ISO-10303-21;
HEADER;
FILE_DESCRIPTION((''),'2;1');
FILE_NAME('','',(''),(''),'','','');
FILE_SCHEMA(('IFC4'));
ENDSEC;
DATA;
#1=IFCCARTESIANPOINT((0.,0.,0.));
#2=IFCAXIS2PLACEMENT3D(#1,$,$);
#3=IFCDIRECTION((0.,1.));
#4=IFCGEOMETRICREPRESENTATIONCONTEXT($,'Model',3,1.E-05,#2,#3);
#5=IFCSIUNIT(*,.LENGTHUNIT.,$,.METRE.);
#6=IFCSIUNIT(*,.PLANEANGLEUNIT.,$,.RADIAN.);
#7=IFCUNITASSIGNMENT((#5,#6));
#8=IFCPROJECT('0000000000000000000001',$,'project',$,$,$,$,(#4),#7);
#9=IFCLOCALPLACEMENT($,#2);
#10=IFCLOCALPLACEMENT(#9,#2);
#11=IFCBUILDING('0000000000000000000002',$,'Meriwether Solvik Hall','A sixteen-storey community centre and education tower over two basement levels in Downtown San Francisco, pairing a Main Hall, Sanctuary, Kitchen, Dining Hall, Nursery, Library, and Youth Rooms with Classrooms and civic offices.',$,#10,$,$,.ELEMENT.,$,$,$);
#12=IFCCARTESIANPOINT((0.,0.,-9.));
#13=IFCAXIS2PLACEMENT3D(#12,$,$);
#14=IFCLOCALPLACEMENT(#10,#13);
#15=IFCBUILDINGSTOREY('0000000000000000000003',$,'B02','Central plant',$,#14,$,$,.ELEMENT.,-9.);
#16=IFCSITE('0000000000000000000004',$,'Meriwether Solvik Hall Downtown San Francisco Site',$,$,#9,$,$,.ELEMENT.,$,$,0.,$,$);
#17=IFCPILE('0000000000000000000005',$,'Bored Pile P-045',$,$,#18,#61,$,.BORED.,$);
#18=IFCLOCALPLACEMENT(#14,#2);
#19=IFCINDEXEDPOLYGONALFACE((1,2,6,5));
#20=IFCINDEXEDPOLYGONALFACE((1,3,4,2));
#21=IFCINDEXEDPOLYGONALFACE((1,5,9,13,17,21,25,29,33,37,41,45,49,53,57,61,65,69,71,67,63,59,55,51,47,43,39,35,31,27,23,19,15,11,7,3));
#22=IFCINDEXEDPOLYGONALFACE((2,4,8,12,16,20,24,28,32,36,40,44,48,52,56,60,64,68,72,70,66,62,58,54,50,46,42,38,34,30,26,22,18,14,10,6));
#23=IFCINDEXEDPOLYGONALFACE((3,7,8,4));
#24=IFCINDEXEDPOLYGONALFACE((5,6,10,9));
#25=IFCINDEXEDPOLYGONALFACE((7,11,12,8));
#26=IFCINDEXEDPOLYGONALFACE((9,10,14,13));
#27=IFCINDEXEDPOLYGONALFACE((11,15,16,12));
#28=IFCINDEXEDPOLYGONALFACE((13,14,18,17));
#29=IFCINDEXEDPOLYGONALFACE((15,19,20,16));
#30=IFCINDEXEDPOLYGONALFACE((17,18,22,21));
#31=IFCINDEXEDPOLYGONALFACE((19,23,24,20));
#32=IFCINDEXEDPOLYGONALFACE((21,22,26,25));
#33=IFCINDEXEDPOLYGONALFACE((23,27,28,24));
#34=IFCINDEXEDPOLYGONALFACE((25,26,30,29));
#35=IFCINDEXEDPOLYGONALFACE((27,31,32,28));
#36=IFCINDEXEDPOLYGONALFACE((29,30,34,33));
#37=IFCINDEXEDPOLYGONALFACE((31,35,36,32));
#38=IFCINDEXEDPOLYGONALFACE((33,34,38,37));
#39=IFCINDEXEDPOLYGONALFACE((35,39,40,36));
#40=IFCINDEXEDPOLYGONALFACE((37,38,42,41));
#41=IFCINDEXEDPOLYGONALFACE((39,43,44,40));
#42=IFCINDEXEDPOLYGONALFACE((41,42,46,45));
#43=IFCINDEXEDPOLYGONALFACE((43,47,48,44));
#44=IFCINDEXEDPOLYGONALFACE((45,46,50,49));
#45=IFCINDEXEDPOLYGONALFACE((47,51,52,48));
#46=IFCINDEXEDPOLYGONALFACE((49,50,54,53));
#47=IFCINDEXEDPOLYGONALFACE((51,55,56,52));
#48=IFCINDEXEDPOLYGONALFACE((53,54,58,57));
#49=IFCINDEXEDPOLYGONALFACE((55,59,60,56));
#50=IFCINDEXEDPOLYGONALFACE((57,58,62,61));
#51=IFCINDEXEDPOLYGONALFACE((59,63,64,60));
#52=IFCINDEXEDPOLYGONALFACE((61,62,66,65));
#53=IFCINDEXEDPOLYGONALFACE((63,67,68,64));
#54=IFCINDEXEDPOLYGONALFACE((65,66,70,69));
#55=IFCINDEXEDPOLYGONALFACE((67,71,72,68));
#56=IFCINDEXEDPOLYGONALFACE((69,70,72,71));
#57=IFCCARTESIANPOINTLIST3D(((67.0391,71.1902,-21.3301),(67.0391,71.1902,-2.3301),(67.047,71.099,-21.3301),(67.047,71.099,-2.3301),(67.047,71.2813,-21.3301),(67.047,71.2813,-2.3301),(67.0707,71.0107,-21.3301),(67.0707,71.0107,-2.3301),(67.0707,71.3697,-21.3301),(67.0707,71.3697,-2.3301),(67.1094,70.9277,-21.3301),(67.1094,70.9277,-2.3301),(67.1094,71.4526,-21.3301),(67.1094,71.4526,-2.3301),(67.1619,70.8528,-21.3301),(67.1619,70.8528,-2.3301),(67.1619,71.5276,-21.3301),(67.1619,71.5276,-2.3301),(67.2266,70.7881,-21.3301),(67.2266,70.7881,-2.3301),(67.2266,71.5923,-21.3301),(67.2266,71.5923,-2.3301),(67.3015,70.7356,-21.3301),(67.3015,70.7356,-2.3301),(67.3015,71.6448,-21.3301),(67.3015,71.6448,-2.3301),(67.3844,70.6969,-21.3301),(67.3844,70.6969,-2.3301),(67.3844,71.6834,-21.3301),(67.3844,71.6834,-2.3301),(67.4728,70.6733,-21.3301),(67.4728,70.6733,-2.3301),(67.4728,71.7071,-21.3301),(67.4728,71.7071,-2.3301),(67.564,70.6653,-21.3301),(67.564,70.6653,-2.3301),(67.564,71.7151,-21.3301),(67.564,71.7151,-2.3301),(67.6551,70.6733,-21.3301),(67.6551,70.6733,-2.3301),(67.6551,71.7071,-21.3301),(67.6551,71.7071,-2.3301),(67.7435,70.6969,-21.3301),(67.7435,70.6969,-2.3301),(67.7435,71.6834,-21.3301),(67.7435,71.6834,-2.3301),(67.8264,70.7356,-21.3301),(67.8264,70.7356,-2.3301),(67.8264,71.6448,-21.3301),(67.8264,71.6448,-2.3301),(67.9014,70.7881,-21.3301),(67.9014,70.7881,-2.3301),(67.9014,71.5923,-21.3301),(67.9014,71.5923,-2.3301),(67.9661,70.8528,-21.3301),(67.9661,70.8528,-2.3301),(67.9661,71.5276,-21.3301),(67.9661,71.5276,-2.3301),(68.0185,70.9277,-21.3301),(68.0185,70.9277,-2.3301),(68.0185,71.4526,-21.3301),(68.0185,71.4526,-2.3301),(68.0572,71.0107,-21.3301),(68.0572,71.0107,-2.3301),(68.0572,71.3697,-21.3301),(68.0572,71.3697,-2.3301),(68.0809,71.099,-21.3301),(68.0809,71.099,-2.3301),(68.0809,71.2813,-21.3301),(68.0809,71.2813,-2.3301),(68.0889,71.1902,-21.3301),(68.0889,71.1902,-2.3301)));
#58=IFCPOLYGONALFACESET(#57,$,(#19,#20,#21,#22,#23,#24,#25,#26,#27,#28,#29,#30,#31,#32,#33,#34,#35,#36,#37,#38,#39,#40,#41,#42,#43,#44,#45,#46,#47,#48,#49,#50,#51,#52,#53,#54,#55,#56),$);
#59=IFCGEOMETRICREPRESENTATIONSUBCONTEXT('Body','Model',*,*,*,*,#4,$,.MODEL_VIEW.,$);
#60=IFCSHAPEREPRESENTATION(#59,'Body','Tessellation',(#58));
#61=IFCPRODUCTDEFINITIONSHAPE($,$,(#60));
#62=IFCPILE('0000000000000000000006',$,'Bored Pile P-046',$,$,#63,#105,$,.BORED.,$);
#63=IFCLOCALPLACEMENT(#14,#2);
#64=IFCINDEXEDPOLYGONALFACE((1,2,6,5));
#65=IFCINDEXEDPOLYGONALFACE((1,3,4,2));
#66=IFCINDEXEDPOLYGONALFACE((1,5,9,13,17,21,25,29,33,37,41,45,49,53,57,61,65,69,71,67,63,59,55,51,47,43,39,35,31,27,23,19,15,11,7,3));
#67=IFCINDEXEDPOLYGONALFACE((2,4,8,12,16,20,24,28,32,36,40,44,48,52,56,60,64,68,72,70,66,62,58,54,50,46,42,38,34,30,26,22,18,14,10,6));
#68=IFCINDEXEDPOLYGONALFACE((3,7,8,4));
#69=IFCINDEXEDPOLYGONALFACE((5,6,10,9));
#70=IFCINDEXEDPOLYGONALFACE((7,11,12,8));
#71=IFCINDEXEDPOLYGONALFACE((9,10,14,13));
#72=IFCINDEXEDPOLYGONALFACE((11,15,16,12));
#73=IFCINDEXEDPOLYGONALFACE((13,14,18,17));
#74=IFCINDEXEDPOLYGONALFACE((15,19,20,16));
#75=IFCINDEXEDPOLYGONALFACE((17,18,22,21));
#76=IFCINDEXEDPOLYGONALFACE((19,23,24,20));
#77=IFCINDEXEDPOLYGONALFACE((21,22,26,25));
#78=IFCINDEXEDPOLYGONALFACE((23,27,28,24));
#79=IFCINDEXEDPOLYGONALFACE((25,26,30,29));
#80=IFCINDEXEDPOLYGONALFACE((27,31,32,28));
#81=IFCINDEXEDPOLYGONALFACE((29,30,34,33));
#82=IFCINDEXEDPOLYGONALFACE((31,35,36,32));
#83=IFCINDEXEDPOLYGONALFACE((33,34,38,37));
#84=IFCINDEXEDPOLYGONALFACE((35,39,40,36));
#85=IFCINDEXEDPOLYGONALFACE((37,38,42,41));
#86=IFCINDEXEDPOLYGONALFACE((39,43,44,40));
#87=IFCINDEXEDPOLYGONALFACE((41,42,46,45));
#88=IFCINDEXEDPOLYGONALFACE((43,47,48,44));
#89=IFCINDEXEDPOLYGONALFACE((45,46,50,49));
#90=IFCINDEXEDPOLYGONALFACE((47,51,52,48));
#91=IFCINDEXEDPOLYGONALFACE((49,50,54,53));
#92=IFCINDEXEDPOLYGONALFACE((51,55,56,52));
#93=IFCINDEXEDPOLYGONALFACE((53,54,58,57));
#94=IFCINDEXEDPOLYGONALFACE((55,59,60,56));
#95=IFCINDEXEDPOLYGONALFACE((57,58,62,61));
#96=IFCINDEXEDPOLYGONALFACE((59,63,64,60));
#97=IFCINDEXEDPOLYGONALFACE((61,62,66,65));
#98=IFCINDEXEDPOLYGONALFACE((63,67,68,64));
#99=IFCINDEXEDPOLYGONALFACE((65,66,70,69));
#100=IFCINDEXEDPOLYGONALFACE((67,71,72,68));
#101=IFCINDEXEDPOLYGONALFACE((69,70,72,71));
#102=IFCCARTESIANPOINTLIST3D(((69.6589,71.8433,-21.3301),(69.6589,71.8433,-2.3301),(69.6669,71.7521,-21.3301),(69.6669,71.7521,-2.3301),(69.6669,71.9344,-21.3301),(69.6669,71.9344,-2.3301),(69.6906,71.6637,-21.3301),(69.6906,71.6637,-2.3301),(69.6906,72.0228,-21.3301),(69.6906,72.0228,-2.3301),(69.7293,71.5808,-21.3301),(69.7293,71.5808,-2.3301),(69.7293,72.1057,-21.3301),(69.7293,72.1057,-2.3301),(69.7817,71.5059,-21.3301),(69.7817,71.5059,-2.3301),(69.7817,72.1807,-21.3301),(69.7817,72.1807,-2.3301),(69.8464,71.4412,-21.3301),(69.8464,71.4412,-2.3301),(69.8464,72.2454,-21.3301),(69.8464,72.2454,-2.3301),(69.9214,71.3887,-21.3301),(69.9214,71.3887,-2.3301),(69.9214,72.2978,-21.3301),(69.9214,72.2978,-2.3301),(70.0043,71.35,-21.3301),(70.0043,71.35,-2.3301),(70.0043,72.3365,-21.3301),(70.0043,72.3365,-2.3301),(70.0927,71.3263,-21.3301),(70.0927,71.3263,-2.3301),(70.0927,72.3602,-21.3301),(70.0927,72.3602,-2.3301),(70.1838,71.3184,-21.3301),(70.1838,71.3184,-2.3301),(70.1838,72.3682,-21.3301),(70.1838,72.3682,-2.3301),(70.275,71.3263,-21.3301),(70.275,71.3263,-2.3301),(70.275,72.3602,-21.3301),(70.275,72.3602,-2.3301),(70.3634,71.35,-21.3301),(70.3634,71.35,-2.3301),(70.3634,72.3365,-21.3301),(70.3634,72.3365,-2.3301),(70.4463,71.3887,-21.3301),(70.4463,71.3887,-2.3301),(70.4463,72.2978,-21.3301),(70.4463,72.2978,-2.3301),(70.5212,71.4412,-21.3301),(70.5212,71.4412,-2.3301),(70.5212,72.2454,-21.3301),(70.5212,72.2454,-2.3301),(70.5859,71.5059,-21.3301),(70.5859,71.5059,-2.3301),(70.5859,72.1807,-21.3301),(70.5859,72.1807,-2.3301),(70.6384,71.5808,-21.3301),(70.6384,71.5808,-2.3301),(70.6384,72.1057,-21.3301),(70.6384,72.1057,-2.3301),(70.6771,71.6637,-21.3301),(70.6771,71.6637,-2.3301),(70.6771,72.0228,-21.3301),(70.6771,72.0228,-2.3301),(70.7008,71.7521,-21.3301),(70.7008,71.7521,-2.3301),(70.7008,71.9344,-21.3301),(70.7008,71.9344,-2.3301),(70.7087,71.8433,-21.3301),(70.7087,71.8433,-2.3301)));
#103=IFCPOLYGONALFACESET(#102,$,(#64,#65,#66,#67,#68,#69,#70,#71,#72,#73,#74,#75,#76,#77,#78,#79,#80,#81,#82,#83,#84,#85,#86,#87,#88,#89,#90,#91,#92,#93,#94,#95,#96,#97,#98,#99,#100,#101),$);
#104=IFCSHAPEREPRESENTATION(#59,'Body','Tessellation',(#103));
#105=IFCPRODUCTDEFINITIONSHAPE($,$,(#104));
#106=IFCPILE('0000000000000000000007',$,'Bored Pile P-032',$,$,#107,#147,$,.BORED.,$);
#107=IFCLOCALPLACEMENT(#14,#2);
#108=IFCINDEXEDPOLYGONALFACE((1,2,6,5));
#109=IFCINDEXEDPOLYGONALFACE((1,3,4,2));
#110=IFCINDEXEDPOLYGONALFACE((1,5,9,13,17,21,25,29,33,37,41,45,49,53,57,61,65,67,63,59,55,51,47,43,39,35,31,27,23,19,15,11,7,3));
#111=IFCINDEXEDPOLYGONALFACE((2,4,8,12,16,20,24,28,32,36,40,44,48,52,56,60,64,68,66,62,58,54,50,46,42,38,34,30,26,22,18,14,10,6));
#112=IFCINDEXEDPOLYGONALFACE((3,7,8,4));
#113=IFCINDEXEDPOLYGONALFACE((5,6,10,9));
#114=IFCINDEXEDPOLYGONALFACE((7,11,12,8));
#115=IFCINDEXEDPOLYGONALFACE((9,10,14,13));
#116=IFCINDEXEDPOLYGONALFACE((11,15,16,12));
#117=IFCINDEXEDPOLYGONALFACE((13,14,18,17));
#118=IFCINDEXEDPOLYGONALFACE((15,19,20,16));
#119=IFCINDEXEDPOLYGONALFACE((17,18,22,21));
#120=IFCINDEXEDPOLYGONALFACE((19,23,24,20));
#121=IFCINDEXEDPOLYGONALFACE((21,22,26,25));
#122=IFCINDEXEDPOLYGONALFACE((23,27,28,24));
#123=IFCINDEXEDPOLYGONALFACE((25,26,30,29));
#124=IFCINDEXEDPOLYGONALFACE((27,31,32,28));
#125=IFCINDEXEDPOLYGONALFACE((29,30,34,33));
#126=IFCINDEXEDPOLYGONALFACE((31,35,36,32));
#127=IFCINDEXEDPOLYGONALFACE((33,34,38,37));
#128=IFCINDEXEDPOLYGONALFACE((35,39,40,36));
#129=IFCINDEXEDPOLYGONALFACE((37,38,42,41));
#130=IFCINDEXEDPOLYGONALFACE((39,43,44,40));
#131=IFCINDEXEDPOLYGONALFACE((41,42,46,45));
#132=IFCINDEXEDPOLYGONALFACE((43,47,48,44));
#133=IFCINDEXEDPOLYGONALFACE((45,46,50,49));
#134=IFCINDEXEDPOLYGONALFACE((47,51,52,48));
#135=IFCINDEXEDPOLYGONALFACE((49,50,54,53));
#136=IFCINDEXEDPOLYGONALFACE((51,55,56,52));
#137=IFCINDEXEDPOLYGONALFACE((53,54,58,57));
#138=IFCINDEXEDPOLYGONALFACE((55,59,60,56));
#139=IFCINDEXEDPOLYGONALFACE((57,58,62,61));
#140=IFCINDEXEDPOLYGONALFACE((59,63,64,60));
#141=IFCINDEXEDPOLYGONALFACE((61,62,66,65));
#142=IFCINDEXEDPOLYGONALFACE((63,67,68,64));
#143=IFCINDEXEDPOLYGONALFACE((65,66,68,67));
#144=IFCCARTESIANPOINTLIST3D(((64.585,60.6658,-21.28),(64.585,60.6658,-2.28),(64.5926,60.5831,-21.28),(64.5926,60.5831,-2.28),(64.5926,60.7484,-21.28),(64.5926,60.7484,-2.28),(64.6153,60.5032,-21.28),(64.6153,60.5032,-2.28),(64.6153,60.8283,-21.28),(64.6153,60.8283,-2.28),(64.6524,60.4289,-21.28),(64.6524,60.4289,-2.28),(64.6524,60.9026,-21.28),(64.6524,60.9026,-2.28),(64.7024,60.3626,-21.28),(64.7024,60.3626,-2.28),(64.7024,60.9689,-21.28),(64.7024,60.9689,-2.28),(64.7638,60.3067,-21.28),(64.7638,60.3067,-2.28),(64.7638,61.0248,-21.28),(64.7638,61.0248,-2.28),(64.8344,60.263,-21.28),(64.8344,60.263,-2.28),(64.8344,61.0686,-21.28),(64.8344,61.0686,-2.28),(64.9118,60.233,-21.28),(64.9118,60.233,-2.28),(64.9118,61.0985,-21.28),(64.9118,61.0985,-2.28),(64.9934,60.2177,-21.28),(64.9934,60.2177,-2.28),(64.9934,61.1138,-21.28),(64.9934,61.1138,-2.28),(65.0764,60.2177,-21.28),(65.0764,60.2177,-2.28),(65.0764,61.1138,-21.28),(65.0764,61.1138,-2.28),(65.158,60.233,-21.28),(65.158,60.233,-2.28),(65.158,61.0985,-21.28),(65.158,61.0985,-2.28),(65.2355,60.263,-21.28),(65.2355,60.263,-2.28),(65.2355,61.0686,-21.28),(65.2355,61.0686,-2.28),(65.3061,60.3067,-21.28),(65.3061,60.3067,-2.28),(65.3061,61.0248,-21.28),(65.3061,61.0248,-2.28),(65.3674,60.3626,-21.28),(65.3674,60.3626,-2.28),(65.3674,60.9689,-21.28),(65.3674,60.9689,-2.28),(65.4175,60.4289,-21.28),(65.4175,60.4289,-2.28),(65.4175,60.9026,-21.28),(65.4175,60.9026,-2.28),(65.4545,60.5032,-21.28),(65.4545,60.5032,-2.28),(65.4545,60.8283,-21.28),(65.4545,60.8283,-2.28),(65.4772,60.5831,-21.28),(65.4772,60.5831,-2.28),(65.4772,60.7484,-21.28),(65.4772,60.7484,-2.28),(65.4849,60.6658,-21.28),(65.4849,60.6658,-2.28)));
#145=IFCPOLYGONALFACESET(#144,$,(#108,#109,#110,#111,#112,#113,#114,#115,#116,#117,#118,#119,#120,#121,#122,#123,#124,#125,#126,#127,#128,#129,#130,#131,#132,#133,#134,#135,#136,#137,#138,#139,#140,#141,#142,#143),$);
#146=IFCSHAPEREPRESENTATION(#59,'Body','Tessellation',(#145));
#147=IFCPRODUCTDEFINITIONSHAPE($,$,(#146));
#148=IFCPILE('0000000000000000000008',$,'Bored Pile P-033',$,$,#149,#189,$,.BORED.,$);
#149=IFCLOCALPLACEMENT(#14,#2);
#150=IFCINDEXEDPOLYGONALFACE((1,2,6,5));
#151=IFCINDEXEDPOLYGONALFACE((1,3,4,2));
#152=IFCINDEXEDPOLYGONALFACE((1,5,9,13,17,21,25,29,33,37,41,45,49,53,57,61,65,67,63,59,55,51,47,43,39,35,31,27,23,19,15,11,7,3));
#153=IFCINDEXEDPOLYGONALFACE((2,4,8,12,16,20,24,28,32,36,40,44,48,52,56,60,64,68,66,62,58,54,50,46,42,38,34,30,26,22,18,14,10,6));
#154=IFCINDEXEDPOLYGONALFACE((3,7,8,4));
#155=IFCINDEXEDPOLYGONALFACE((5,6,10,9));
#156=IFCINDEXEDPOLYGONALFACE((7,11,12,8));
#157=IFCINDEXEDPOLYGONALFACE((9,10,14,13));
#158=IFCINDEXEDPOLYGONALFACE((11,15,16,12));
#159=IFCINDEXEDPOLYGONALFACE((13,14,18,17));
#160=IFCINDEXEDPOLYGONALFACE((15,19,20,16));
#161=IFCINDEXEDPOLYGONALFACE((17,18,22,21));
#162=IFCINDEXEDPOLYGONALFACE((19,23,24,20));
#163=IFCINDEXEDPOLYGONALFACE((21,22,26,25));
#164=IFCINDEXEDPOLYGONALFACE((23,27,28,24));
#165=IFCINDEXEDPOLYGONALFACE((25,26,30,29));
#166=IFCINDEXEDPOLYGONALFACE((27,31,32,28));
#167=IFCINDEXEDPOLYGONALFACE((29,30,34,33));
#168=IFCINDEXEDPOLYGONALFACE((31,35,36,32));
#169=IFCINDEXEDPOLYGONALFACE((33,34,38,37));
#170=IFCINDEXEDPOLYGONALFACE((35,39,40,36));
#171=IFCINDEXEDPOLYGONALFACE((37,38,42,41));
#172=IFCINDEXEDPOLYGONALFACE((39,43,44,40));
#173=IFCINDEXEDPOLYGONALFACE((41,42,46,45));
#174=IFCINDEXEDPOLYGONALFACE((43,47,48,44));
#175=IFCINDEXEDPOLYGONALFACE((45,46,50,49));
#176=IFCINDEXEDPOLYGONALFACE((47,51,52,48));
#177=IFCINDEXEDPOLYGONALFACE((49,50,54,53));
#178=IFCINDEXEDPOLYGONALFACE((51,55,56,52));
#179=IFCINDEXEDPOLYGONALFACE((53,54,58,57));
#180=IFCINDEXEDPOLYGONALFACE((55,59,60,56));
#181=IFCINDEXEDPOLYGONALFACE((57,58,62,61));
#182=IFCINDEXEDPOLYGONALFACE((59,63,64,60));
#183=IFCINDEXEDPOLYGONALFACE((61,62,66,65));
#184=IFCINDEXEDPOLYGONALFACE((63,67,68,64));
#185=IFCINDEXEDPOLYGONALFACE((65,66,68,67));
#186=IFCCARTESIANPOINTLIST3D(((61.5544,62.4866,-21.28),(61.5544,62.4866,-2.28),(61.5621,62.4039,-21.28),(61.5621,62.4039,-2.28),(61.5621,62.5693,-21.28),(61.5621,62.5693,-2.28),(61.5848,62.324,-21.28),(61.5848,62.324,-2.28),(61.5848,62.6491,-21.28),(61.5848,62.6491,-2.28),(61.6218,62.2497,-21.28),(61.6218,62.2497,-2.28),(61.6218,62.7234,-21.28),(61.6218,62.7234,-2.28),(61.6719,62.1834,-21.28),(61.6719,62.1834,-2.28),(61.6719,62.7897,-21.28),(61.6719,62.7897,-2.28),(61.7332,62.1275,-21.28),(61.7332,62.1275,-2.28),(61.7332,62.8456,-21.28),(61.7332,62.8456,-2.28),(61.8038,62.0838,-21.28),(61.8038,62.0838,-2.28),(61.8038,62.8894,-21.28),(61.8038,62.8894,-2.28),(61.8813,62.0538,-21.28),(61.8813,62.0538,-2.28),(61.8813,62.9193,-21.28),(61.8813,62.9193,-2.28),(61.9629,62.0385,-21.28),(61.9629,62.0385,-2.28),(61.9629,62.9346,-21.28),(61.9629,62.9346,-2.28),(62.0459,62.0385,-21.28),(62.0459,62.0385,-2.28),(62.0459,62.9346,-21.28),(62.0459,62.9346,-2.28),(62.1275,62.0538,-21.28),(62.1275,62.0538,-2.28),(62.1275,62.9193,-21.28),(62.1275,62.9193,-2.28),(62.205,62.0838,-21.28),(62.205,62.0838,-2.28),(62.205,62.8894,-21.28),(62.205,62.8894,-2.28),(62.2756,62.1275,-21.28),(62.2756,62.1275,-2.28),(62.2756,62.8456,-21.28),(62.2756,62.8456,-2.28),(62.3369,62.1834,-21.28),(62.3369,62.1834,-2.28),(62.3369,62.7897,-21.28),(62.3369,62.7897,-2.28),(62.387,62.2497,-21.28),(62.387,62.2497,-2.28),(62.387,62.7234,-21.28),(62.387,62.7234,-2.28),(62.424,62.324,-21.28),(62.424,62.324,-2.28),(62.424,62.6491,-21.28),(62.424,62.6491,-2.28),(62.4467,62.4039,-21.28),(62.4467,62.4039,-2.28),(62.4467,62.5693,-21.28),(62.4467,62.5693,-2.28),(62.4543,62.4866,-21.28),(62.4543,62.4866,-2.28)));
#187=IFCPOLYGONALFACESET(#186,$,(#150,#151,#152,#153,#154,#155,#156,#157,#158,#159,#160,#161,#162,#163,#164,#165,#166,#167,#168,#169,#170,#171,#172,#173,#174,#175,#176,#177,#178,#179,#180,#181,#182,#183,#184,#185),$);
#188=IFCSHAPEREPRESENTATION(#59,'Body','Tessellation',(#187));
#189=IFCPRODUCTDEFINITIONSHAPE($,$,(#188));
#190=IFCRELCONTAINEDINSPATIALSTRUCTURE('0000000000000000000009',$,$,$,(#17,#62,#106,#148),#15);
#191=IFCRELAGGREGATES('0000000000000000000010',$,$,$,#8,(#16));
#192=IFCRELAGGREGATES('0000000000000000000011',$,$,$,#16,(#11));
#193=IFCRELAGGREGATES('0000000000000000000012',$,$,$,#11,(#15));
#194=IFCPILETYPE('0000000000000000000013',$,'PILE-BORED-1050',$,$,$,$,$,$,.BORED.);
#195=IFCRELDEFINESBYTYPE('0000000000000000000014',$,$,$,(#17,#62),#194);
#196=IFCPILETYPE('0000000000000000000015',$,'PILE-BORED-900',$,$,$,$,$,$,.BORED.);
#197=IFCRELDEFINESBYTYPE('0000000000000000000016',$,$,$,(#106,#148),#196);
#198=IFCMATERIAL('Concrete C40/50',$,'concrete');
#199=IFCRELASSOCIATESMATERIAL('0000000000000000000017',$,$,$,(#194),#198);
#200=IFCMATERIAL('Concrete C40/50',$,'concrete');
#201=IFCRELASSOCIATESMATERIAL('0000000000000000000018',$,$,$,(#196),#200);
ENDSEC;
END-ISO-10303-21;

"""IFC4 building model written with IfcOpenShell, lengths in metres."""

from ifc_helpers import new_model, si_unit, direction, frame, origin, origin_2d, place, context, subcontext, project, spatial, circle, extrude, material, material_profile, profile_set, type_object, element, save


model = new_model("IFC4")

# Units and contexts
model_context = context("Model", 3, precision=1e-05, world=origin(), true_north=direction((0.0, 1.0)))
body_context = subcontext(model_context, "Body", "Model", "MODEL_VIEW")
ifc_project = project(units=[si_unit("LENGTHUNIT", "METRE"), si_unit("PLANEANGLEUNIT", "RADIAN")], contexts=[model_context])

# Site, building, storey
site_placement = place(None, origin())
site = spatial("IfcSite", under=ifc_project, at=site_placement, Name="Meriwether Solvik Hall Downtown San Francisco Site", CompositionType="ELEMENT", RefElevation=0.0)
building_placement = place(site_placement, origin())
building = spatial("IfcBuilding", under=site, at=building_placement, Name="Meriwether Solvik Hall", Description="A sixteen-storey community centre and education tower over two basement levels in Downtown San Francisco, pairing a Main Hall, Sanctuary, Kitchen, Dining Hall, Nursery, Library, and Youth Rooms with Classrooms and civic offices.", CompositionType="ELEMENT")
storey_placement = place(building_placement, frame((0.0, 0.0, -9.0)))
storey = spatial("IfcBuildingStorey", under=building, at=storey_placement, Name="B02", Description="Central plant", CompositionType="ELEMENT", Elevation=-9.0)

# Piles
ifc_material_1 = material(Name="Concrete C40/50", Category="concrete")
ifc_material_profile_1 = material_profile(ifc_material_1, circle(Radius=0.5249, at=origin_2d()), Name="PILE-D1050")
ifc_profile_set_1 = profile_set([ifc_material_profile_1], Name="Concrete C40/50")
pile_type_1 = type_object("IfcPileType", Name="PILE-BORED-1050", PredefinedType="BORED", material=ifc_profile_set_1)
for number, where, z_axis, x_axis, name in (
    (1, (67.564, 71.1902, -2.3301), (0.0, 0.0, -1.0), (1.0, 0.0, 0.0), "Bored Pile P-045"),
    (2, (70.1838, 71.8433, -2.3301), (0.0, 0.0, -1.0), (1.0, 0.0, 0.0), "Bored Pile P-046"),
):
    element("IfcPile", number, at=place(storey_placement, frame(where, z_axis=z_axis, x_axis=x_axis)), inside=storey, type_object=pile_type_1, Name=name, PredefinedType="BORED", context=body_context, shape_type="SweptSolid", body=[
        extrude(circle(Radius=0.5249, at=origin_2d()), origin(), (0.0, 0.0, 1.0), 19.0),
    ])
ifc_material_2 = material(Name="Concrete C40/50", Category="concrete")
ifc_material_profile_2 = material_profile(ifc_material_2, circle(Radius=0.45, at=origin_2d()), Name="PILE-D900")
ifc_profile_set_2 = profile_set([ifc_material_profile_2], Name="Concrete C40/50")
pile_type_2 = type_object("IfcPileType", Name="PILE-BORED-900", PredefinedType="BORED", material=ifc_profile_set_2)
for number, where, z_axis, x_axis, name in (
    (3, (65.0349, 60.6658, -2.28), (0.0, 0.0, -1.0), (1.0, 0.0, 0.0), "Bored Pile P-032"),
    (4, (62.0044, 62.4866, -2.28), (0.0, 0.0, -1.0), (1.0, 0.0, 0.0), "Bored Pile P-033"),
):
    element("IfcPile", number, at=place(storey_placement, frame(where, z_axis=z_axis, x_axis=x_axis)), inside=storey, type_object=pile_type_2, Name=name, PredefinedType="BORED", context=body_context, shape_type="SweptSolid", body=[
        extrude(circle(Radius=0.45, at=origin_2d()), origin(), (0.0, 0.0, 1.0), 19.0),
    ])

save(model, "model.ifc")
